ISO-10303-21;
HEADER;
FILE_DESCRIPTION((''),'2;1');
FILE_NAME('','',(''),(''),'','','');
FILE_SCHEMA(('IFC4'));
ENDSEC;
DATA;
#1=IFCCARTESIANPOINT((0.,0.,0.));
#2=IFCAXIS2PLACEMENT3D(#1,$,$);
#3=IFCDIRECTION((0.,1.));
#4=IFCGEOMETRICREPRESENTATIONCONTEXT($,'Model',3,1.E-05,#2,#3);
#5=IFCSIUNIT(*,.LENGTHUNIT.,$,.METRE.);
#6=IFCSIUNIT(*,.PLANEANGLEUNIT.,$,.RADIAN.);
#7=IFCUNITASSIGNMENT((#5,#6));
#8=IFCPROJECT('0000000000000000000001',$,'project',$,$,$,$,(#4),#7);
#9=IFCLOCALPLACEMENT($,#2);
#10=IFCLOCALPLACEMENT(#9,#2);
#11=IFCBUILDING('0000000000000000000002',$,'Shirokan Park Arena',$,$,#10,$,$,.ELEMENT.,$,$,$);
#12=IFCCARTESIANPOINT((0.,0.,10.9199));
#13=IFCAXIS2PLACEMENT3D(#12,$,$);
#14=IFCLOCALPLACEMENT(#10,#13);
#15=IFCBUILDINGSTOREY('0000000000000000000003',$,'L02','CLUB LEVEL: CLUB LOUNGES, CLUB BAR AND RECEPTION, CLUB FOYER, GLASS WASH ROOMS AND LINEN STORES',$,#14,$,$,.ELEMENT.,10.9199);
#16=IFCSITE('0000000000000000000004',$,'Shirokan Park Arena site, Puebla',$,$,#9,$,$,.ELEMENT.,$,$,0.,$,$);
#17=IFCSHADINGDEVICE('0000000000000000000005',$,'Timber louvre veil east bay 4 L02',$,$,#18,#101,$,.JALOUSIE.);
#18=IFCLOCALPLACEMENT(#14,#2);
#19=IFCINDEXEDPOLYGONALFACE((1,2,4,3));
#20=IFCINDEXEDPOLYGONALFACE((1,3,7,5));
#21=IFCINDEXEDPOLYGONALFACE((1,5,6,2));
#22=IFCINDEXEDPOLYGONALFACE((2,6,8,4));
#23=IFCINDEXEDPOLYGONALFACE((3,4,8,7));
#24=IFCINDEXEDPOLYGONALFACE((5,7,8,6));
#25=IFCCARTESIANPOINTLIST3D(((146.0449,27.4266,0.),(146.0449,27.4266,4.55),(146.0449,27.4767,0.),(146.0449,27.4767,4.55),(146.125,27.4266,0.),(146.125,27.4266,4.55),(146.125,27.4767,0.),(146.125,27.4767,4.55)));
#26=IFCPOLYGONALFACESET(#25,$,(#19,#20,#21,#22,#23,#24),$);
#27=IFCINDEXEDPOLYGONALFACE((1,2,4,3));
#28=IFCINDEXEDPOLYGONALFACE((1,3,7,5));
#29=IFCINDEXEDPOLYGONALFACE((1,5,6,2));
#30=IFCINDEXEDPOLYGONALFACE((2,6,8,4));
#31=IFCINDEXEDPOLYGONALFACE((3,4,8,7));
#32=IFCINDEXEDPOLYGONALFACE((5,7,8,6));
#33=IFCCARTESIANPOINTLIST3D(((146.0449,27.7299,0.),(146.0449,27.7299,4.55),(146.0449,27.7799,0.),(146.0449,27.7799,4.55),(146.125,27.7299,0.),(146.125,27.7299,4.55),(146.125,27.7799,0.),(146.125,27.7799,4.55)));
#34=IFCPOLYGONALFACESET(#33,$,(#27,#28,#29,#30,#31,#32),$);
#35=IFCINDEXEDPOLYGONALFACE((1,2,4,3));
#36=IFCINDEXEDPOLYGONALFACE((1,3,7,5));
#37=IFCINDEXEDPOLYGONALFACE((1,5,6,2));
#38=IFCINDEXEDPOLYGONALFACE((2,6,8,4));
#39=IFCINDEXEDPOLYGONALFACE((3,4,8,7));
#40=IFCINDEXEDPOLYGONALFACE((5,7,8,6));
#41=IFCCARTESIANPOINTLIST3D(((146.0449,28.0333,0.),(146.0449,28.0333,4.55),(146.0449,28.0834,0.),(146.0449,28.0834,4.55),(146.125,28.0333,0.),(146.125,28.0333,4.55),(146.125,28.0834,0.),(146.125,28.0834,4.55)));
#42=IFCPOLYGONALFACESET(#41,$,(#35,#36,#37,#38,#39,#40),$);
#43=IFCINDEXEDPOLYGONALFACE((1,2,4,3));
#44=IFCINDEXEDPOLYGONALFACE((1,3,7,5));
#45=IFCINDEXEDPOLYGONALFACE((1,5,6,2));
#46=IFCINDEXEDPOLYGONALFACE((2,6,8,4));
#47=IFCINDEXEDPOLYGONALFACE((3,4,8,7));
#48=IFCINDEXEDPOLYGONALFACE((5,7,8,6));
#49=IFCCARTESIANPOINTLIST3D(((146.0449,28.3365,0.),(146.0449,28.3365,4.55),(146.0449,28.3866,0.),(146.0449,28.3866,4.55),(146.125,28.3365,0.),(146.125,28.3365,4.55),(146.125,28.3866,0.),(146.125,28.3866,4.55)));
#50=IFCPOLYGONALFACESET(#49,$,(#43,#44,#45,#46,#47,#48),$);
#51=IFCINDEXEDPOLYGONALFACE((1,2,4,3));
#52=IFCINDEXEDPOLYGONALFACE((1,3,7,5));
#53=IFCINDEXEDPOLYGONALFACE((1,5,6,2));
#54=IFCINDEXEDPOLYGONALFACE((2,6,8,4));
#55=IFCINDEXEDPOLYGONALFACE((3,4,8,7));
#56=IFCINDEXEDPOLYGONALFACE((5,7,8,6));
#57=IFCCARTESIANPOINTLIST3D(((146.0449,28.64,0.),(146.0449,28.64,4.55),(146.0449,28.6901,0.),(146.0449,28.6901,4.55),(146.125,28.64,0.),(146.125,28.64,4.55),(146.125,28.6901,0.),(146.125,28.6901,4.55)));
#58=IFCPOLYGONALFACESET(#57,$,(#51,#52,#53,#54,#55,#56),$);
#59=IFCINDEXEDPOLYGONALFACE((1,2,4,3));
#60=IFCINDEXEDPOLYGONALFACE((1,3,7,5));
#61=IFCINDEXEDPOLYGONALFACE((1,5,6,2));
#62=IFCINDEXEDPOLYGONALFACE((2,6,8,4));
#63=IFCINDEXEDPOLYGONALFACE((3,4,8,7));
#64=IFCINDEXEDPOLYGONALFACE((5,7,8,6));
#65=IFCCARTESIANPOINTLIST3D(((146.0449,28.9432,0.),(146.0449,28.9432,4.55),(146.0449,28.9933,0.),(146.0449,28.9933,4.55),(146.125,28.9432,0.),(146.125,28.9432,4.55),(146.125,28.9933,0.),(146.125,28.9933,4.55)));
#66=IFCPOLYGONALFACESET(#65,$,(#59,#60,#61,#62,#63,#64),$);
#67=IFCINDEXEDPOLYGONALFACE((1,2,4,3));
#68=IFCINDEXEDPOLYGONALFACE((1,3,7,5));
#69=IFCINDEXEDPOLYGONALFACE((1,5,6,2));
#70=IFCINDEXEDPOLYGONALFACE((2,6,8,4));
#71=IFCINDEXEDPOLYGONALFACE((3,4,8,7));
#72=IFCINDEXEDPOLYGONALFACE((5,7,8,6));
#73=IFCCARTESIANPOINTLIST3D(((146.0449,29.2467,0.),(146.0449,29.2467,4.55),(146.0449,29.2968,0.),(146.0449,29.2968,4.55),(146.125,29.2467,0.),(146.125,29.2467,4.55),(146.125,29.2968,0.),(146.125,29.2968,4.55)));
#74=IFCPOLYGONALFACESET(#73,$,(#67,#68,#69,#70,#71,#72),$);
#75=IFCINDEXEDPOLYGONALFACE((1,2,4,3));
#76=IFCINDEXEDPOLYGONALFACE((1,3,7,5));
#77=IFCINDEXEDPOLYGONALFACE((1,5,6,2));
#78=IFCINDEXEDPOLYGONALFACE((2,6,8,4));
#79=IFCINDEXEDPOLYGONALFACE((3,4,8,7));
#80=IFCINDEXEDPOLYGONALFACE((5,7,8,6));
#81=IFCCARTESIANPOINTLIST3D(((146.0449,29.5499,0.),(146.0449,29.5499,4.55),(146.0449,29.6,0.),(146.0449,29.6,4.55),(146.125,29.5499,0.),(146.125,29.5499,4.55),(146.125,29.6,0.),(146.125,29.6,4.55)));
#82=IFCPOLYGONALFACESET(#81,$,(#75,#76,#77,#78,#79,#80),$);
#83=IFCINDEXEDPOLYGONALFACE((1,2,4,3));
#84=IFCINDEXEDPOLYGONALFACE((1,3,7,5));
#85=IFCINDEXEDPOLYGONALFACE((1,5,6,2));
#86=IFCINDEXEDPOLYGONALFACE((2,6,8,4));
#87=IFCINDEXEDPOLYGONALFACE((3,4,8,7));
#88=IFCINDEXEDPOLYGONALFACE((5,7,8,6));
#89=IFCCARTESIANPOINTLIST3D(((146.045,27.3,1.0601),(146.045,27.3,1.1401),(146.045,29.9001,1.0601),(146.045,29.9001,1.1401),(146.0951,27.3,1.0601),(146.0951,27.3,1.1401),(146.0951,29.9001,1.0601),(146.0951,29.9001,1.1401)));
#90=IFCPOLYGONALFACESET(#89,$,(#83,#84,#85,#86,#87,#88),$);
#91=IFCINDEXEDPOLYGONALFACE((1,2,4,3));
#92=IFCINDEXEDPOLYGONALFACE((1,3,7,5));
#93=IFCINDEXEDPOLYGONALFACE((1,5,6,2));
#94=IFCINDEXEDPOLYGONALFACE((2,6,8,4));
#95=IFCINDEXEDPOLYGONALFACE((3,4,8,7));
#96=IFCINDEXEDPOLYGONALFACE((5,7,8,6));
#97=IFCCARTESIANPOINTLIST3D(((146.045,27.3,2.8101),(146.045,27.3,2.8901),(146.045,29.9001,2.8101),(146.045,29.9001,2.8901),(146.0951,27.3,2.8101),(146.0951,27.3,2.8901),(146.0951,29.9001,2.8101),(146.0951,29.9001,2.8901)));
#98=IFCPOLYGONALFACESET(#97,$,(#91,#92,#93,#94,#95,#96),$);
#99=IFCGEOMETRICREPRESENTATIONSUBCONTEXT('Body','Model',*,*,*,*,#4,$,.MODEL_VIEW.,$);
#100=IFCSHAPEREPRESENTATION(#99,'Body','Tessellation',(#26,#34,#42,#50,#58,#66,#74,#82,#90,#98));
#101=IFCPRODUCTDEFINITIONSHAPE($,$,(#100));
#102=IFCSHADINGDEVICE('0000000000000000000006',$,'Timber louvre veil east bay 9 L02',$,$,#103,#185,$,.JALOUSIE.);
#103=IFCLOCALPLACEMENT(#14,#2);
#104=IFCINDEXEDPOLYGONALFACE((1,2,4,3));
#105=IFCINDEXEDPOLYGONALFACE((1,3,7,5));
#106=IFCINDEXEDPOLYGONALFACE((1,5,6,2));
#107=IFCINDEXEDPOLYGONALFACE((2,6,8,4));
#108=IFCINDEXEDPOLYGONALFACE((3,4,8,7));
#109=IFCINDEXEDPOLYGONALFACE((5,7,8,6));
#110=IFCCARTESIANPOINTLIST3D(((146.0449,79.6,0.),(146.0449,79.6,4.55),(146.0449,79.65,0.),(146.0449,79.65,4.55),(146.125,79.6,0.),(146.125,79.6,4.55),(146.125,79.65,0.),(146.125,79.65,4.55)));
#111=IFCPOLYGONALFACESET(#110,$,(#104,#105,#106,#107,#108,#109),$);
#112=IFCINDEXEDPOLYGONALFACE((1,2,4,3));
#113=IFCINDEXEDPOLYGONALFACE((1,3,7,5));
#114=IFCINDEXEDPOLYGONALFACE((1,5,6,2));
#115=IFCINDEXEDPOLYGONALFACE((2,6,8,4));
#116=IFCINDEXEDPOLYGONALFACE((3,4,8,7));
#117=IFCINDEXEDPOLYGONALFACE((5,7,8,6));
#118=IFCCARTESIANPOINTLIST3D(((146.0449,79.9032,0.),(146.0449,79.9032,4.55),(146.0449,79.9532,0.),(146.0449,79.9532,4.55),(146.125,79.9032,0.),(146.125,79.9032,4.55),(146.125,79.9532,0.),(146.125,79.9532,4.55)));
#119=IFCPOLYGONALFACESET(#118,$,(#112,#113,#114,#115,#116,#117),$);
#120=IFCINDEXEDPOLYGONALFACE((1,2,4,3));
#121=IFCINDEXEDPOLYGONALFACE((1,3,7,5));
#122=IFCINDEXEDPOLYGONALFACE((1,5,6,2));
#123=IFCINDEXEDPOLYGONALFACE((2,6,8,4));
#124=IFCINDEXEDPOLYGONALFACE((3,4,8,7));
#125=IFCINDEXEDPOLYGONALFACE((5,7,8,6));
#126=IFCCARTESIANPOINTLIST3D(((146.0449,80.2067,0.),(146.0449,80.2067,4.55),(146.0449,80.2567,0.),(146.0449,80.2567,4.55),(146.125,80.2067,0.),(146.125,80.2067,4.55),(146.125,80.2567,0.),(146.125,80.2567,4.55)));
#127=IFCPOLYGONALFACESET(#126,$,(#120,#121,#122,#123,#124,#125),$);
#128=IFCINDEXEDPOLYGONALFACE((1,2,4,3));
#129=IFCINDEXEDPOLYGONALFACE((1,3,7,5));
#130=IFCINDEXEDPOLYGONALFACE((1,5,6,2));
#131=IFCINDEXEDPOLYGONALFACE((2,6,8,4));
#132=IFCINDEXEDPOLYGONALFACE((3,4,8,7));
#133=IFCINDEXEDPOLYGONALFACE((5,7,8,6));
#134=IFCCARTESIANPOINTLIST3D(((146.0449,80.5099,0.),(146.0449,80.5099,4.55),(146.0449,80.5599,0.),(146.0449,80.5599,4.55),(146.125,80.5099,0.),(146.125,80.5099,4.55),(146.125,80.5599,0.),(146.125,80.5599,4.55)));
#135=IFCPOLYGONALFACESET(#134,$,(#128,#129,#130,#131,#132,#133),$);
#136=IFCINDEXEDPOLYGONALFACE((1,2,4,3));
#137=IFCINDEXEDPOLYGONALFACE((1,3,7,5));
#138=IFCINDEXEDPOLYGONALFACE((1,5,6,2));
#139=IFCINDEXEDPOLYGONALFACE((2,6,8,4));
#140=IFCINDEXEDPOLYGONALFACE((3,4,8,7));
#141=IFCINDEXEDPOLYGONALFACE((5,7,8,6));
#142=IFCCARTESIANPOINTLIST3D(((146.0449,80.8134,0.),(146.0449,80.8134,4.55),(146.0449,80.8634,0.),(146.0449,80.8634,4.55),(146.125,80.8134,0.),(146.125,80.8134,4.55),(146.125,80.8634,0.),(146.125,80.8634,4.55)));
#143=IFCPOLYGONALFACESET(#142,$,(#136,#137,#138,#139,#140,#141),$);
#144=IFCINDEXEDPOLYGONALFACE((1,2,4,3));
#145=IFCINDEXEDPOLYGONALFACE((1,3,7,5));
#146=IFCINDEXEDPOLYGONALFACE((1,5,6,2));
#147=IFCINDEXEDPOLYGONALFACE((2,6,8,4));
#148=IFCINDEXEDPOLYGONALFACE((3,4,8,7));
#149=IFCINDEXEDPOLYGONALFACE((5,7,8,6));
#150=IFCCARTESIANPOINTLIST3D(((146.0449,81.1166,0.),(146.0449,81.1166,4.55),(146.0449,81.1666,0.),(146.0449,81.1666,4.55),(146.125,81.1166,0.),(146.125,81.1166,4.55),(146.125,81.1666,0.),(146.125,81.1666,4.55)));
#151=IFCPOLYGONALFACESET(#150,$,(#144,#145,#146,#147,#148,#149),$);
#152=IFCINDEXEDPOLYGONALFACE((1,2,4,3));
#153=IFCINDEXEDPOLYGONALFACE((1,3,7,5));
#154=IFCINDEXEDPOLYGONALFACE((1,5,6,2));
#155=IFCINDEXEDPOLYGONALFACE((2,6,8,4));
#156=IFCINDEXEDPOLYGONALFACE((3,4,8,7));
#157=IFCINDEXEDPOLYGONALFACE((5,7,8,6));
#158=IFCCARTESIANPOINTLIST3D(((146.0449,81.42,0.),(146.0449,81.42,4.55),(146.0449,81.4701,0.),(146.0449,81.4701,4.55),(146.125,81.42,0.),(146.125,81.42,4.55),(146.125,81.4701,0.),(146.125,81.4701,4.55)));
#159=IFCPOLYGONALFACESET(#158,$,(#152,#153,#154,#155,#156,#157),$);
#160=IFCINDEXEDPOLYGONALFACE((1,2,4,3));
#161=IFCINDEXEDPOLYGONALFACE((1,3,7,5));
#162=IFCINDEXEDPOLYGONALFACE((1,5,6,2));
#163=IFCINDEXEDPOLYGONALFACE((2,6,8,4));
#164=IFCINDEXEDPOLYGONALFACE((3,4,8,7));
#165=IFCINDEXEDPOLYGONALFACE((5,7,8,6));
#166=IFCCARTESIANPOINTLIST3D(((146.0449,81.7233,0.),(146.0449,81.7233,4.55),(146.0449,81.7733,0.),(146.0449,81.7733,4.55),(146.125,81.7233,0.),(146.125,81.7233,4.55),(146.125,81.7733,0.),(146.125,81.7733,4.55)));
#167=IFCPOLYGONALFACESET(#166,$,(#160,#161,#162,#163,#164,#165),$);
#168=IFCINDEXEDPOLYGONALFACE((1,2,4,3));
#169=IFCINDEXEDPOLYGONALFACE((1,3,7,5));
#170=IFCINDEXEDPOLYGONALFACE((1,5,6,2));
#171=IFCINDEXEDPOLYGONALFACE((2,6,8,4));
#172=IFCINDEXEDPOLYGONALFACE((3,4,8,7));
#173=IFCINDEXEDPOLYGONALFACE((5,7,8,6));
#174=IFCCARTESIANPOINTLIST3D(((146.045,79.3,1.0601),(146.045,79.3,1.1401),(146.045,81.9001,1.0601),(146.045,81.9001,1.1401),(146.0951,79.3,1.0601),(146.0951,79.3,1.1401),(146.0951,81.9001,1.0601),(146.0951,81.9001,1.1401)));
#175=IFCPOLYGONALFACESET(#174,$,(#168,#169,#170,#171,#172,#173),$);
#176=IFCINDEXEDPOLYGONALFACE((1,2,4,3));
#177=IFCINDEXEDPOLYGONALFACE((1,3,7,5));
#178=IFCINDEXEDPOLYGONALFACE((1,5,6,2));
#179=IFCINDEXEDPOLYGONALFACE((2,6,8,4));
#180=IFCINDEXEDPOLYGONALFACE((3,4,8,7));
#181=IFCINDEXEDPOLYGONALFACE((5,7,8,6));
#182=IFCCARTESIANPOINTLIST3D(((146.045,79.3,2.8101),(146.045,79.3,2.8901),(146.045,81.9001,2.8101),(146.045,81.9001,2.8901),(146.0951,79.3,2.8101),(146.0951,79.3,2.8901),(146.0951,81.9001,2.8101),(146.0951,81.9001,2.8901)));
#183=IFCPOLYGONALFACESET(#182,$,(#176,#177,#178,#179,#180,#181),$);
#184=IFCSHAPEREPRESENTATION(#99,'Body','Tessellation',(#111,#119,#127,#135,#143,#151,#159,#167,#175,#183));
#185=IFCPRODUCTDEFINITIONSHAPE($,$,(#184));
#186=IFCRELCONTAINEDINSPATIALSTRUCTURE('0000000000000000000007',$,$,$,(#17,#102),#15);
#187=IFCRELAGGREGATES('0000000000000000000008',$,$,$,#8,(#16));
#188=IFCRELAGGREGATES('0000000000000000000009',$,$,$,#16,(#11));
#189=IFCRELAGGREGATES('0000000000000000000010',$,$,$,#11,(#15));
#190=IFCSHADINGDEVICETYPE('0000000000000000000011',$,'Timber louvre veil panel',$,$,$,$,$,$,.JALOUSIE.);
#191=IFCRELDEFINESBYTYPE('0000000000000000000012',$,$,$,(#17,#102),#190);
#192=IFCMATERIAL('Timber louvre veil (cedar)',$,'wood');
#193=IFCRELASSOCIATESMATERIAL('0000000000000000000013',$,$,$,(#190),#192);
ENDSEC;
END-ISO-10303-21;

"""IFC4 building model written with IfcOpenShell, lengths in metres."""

from ifc_helpers import new_model, si_unit, direction, frame, origin, origin_2d, place, context, subcontext, project, spatial, rectangle, extrude, material, type_object, element, save


model = new_model("IFC4")

# Units and contexts
model_context = context("Model", 3, precision=1e-05, world=origin(), true_north=direction((0.0, 1.0)))
body_context = subcontext(model_context, "Body", "Model", "MODEL_VIEW")
ifc_project = project(units=[si_unit("LENGTHUNIT", "METRE"), si_unit("PLANEANGLEUNIT", "RADIAN")], contexts=[model_context])

# Site, building, storey
site_placement = place(None, origin())
site = spatial("IfcSite", under=ifc_project, at=site_placement, Name="Shirokan Park Arena site, Puebla", CompositionType="ELEMENT", RefElevation=0.0)
building_placement = place(site_placement, origin())
building = spatial("IfcBuilding", under=site, at=building_placement, Name="Shirokan Park Arena", CompositionType="ELEMENT")
storey_placement = place(building_placement, frame((0.0, 0.0, 10.9199)))
storey = spatial("IfcBuildingStorey", under=building, at=storey_placement, Name="L02", Description="CLUB LEVEL: CLUB LOUNGES, CLUB BAR AND RECEPTION, CLUB FOYER, GLASS WASH ROOMS AND LINEN STORES", CompositionType="ELEMENT", Elevation=10.9199)

# Shading devices
ifc_material_1 = material(Name="Timber louvre veil (cedar)", Category="wood")
shading_device_type = type_object("IfcShadingDeviceType", Name="Timber louvre veil panel", PredefinedType="JALOUSIE", material=ifc_material_1)
shading_device_1_placement = place(storey_placement, origin())
element("IfcShadingDevice", 1, at=shading_device_1_placement, inside=storey, type_object=shading_device_type, Name="Timber louvre veil east bay 4 L02", PredefinedType="JALOUSIE", context=body_context, shape_type="SweptSolid", body=[
    extrude(rectangle(XDim=0.05, YDim=0.0801, at=origin_2d()), frame((146.085, 27.4517, 0.0), z_axis=(0.0, 0.0, 1.0), x_axis=(0.0, 1.0, 0.0)), (0.0, 0.0, 1.0), 4.55),
    extrude(rectangle(XDim=0.05, YDim=0.0801, at=origin_2d()), frame((146.085, 27.7549, 0.0), z_axis=(0.0, 0.0, 1.0), x_axis=(0.0, 1.0, 0.0)), (0.0, 0.0, 1.0), 4.55),
    extrude(rectangle(XDim=0.05, YDim=0.0801, at=origin_2d()), frame((146.085, 28.0583, 0.0), z_axis=(0.0, 0.0, 1.0), x_axis=(0.0, 1.0, 0.0)), (0.0, 0.0, 1.0), 4.55),
    extrude(rectangle(XDim=0.05, YDim=0.0801, at=origin_2d()), frame((146.085, 28.3616, 0.0), z_axis=(0.0, 0.0, 1.0), x_axis=(0.0, 1.0, 0.0)), (0.0, 0.0, 1.0), 4.55),
    extrude(rectangle(XDim=0.05, YDim=0.0801, at=origin_2d()), frame((146.085, 28.665, 0.0), z_axis=(0.0, 0.0, 1.0), x_axis=(0.0, 1.0, 0.0)), (0.0, 0.0, 1.0), 4.55),
    extrude(rectangle(XDim=0.05, YDim=0.0801, at=origin_2d()), frame((146.085, 28.9683, 0.0), z_axis=(0.0, 0.0, 1.0), x_axis=(0.0, 1.0, 0.0)), (0.0, 0.0, 1.0), 4.55),
    extrude(rectangle(XDim=0.05, YDim=0.0801, at=origin_2d()), frame((146.085, 29.2717, 0.0), z_axis=(0.0, 0.0, 1.0), x_axis=(0.0, 1.0, 0.0)), (0.0, 0.0, 1.0), 4.55),
    extrude(rectangle(XDim=0.05, YDim=0.0801, at=origin_2d()), frame((146.085, 29.575, 0.0), z_axis=(0.0, 0.0, 1.0), x_axis=(0.0, 1.0, 0.0)), (0.0, 0.0, 1.0), 4.55),
    extrude(rectangle(XDim=2.6001, YDim=0.05, at=origin_2d()), frame((146.0701, 28.6001, 1.0601), z_axis=(0.0, 0.0, 1.0), x_axis=(0.0, 1.0, 0.0)), (0.0, 0.0, 1.0), 0.0801),
    extrude(rectangle(XDim=2.6001, YDim=0.05, at=origin_2d()), frame((146.0701, 28.6001, 2.8101), z_axis=(0.0, 0.0, 1.0), x_axis=(0.0, 1.0, 0.0)), (0.0, 0.0, 1.0), 0.0801),
])
shading_device_2_placement = place(storey_placement, origin())
element("IfcShadingDevice", 2, at=shading_device_2_placement, inside=storey, type_object=shading_device_type, Name="Timber louvre veil east bay 9 L02", PredefinedType="JALOUSIE", context=body_context, shape_type="SweptSolid", body=[
    extrude(rectangle(XDim=0.05, YDim=0.0801, at=origin_2d()), frame((146.085, 79.625, 0.0), z_axis=(0.0, 0.0, 1.0), x_axis=(0.0, 1.0, 0.0)), (0.0, 0.0, 1.0), 4.55),
    extrude(rectangle(XDim=0.05, YDim=0.0801, at=origin_2d()), frame((146.085, 79.9282, 0.0), z_axis=(0.0, 0.0, 1.0), x_axis=(0.0, 1.0, 0.0)), (0.0, 0.0, 1.0), 4.55),
    extrude(rectangle(XDim=0.05, YDim=0.0801, at=origin_2d()), frame((146.085, 80.2317, 0.0), z_axis=(0.0, 0.0, 1.0), x_axis=(0.0, 1.0, 0.0)), (0.0, 0.0, 1.0), 4.55),
    extrude(rectangle(XDim=0.05, YDim=0.0801, at=origin_2d()), frame((146.085, 80.5349, 0.0), z_axis=(0.0, 0.0, 1.0), x_axis=(0.0, 1.0, 0.0)), (0.0, 0.0, 1.0), 4.55),
    extrude(rectangle(XDim=0.05, YDim=0.0801, at=origin_2d()), frame((146.085, 80.8384, 0.0), z_axis=(0.0, 0.0, 1.0), x_axis=(0.0, 1.0, 0.0)), (0.0, 0.0, 1.0), 4.55),
    extrude(rectangle(XDim=0.05, YDim=0.0801, at=origin_2d()), frame((146.085, 81.1416, 0.0), z_axis=(0.0, 0.0, 1.0), x_axis=(0.0, 1.0, 0.0)), (0.0, 0.0, 1.0), 4.55),
    extrude(rectangle(XDim=0.05, YDim=0.0801, at=origin_2d()), frame((146.085, 81.4451, 0.0), z_axis=(0.0, 0.0, 1.0), x_axis=(0.0, 1.0, 0.0)), (0.0, 0.0, 1.0), 4.55),
    extrude(rectangle(XDim=0.05, YDim=0.0801, at=origin_2d()), frame((146.085, 81.7483, 0.0), z_axis=(0.0, 0.0, 1.0), x_axis=(0.0, 1.0, 0.0)), (0.0, 0.0, 1.0), 4.55),
    extrude(rectangle(XDim=2.6001, YDim=0.05, at=origin_2d()), frame((146.0701, 80.6001, 1.0601), z_axis=(0.0, 0.0, 1.0), x_axis=(0.0, 1.0, 0.0)), (0.0, 0.0, 1.0), 0.0801),
    extrude(rectangle(XDim=2.6001, YDim=0.05, at=origin_2d()), frame((146.0701, 80.6001, 2.8101), z_axis=(0.0, 0.0, 1.0), x_axis=(0.0, 1.0, 0.0)), (0.0, 0.0, 1.0), 0.0801),
])

save(model, "model.ifc")
